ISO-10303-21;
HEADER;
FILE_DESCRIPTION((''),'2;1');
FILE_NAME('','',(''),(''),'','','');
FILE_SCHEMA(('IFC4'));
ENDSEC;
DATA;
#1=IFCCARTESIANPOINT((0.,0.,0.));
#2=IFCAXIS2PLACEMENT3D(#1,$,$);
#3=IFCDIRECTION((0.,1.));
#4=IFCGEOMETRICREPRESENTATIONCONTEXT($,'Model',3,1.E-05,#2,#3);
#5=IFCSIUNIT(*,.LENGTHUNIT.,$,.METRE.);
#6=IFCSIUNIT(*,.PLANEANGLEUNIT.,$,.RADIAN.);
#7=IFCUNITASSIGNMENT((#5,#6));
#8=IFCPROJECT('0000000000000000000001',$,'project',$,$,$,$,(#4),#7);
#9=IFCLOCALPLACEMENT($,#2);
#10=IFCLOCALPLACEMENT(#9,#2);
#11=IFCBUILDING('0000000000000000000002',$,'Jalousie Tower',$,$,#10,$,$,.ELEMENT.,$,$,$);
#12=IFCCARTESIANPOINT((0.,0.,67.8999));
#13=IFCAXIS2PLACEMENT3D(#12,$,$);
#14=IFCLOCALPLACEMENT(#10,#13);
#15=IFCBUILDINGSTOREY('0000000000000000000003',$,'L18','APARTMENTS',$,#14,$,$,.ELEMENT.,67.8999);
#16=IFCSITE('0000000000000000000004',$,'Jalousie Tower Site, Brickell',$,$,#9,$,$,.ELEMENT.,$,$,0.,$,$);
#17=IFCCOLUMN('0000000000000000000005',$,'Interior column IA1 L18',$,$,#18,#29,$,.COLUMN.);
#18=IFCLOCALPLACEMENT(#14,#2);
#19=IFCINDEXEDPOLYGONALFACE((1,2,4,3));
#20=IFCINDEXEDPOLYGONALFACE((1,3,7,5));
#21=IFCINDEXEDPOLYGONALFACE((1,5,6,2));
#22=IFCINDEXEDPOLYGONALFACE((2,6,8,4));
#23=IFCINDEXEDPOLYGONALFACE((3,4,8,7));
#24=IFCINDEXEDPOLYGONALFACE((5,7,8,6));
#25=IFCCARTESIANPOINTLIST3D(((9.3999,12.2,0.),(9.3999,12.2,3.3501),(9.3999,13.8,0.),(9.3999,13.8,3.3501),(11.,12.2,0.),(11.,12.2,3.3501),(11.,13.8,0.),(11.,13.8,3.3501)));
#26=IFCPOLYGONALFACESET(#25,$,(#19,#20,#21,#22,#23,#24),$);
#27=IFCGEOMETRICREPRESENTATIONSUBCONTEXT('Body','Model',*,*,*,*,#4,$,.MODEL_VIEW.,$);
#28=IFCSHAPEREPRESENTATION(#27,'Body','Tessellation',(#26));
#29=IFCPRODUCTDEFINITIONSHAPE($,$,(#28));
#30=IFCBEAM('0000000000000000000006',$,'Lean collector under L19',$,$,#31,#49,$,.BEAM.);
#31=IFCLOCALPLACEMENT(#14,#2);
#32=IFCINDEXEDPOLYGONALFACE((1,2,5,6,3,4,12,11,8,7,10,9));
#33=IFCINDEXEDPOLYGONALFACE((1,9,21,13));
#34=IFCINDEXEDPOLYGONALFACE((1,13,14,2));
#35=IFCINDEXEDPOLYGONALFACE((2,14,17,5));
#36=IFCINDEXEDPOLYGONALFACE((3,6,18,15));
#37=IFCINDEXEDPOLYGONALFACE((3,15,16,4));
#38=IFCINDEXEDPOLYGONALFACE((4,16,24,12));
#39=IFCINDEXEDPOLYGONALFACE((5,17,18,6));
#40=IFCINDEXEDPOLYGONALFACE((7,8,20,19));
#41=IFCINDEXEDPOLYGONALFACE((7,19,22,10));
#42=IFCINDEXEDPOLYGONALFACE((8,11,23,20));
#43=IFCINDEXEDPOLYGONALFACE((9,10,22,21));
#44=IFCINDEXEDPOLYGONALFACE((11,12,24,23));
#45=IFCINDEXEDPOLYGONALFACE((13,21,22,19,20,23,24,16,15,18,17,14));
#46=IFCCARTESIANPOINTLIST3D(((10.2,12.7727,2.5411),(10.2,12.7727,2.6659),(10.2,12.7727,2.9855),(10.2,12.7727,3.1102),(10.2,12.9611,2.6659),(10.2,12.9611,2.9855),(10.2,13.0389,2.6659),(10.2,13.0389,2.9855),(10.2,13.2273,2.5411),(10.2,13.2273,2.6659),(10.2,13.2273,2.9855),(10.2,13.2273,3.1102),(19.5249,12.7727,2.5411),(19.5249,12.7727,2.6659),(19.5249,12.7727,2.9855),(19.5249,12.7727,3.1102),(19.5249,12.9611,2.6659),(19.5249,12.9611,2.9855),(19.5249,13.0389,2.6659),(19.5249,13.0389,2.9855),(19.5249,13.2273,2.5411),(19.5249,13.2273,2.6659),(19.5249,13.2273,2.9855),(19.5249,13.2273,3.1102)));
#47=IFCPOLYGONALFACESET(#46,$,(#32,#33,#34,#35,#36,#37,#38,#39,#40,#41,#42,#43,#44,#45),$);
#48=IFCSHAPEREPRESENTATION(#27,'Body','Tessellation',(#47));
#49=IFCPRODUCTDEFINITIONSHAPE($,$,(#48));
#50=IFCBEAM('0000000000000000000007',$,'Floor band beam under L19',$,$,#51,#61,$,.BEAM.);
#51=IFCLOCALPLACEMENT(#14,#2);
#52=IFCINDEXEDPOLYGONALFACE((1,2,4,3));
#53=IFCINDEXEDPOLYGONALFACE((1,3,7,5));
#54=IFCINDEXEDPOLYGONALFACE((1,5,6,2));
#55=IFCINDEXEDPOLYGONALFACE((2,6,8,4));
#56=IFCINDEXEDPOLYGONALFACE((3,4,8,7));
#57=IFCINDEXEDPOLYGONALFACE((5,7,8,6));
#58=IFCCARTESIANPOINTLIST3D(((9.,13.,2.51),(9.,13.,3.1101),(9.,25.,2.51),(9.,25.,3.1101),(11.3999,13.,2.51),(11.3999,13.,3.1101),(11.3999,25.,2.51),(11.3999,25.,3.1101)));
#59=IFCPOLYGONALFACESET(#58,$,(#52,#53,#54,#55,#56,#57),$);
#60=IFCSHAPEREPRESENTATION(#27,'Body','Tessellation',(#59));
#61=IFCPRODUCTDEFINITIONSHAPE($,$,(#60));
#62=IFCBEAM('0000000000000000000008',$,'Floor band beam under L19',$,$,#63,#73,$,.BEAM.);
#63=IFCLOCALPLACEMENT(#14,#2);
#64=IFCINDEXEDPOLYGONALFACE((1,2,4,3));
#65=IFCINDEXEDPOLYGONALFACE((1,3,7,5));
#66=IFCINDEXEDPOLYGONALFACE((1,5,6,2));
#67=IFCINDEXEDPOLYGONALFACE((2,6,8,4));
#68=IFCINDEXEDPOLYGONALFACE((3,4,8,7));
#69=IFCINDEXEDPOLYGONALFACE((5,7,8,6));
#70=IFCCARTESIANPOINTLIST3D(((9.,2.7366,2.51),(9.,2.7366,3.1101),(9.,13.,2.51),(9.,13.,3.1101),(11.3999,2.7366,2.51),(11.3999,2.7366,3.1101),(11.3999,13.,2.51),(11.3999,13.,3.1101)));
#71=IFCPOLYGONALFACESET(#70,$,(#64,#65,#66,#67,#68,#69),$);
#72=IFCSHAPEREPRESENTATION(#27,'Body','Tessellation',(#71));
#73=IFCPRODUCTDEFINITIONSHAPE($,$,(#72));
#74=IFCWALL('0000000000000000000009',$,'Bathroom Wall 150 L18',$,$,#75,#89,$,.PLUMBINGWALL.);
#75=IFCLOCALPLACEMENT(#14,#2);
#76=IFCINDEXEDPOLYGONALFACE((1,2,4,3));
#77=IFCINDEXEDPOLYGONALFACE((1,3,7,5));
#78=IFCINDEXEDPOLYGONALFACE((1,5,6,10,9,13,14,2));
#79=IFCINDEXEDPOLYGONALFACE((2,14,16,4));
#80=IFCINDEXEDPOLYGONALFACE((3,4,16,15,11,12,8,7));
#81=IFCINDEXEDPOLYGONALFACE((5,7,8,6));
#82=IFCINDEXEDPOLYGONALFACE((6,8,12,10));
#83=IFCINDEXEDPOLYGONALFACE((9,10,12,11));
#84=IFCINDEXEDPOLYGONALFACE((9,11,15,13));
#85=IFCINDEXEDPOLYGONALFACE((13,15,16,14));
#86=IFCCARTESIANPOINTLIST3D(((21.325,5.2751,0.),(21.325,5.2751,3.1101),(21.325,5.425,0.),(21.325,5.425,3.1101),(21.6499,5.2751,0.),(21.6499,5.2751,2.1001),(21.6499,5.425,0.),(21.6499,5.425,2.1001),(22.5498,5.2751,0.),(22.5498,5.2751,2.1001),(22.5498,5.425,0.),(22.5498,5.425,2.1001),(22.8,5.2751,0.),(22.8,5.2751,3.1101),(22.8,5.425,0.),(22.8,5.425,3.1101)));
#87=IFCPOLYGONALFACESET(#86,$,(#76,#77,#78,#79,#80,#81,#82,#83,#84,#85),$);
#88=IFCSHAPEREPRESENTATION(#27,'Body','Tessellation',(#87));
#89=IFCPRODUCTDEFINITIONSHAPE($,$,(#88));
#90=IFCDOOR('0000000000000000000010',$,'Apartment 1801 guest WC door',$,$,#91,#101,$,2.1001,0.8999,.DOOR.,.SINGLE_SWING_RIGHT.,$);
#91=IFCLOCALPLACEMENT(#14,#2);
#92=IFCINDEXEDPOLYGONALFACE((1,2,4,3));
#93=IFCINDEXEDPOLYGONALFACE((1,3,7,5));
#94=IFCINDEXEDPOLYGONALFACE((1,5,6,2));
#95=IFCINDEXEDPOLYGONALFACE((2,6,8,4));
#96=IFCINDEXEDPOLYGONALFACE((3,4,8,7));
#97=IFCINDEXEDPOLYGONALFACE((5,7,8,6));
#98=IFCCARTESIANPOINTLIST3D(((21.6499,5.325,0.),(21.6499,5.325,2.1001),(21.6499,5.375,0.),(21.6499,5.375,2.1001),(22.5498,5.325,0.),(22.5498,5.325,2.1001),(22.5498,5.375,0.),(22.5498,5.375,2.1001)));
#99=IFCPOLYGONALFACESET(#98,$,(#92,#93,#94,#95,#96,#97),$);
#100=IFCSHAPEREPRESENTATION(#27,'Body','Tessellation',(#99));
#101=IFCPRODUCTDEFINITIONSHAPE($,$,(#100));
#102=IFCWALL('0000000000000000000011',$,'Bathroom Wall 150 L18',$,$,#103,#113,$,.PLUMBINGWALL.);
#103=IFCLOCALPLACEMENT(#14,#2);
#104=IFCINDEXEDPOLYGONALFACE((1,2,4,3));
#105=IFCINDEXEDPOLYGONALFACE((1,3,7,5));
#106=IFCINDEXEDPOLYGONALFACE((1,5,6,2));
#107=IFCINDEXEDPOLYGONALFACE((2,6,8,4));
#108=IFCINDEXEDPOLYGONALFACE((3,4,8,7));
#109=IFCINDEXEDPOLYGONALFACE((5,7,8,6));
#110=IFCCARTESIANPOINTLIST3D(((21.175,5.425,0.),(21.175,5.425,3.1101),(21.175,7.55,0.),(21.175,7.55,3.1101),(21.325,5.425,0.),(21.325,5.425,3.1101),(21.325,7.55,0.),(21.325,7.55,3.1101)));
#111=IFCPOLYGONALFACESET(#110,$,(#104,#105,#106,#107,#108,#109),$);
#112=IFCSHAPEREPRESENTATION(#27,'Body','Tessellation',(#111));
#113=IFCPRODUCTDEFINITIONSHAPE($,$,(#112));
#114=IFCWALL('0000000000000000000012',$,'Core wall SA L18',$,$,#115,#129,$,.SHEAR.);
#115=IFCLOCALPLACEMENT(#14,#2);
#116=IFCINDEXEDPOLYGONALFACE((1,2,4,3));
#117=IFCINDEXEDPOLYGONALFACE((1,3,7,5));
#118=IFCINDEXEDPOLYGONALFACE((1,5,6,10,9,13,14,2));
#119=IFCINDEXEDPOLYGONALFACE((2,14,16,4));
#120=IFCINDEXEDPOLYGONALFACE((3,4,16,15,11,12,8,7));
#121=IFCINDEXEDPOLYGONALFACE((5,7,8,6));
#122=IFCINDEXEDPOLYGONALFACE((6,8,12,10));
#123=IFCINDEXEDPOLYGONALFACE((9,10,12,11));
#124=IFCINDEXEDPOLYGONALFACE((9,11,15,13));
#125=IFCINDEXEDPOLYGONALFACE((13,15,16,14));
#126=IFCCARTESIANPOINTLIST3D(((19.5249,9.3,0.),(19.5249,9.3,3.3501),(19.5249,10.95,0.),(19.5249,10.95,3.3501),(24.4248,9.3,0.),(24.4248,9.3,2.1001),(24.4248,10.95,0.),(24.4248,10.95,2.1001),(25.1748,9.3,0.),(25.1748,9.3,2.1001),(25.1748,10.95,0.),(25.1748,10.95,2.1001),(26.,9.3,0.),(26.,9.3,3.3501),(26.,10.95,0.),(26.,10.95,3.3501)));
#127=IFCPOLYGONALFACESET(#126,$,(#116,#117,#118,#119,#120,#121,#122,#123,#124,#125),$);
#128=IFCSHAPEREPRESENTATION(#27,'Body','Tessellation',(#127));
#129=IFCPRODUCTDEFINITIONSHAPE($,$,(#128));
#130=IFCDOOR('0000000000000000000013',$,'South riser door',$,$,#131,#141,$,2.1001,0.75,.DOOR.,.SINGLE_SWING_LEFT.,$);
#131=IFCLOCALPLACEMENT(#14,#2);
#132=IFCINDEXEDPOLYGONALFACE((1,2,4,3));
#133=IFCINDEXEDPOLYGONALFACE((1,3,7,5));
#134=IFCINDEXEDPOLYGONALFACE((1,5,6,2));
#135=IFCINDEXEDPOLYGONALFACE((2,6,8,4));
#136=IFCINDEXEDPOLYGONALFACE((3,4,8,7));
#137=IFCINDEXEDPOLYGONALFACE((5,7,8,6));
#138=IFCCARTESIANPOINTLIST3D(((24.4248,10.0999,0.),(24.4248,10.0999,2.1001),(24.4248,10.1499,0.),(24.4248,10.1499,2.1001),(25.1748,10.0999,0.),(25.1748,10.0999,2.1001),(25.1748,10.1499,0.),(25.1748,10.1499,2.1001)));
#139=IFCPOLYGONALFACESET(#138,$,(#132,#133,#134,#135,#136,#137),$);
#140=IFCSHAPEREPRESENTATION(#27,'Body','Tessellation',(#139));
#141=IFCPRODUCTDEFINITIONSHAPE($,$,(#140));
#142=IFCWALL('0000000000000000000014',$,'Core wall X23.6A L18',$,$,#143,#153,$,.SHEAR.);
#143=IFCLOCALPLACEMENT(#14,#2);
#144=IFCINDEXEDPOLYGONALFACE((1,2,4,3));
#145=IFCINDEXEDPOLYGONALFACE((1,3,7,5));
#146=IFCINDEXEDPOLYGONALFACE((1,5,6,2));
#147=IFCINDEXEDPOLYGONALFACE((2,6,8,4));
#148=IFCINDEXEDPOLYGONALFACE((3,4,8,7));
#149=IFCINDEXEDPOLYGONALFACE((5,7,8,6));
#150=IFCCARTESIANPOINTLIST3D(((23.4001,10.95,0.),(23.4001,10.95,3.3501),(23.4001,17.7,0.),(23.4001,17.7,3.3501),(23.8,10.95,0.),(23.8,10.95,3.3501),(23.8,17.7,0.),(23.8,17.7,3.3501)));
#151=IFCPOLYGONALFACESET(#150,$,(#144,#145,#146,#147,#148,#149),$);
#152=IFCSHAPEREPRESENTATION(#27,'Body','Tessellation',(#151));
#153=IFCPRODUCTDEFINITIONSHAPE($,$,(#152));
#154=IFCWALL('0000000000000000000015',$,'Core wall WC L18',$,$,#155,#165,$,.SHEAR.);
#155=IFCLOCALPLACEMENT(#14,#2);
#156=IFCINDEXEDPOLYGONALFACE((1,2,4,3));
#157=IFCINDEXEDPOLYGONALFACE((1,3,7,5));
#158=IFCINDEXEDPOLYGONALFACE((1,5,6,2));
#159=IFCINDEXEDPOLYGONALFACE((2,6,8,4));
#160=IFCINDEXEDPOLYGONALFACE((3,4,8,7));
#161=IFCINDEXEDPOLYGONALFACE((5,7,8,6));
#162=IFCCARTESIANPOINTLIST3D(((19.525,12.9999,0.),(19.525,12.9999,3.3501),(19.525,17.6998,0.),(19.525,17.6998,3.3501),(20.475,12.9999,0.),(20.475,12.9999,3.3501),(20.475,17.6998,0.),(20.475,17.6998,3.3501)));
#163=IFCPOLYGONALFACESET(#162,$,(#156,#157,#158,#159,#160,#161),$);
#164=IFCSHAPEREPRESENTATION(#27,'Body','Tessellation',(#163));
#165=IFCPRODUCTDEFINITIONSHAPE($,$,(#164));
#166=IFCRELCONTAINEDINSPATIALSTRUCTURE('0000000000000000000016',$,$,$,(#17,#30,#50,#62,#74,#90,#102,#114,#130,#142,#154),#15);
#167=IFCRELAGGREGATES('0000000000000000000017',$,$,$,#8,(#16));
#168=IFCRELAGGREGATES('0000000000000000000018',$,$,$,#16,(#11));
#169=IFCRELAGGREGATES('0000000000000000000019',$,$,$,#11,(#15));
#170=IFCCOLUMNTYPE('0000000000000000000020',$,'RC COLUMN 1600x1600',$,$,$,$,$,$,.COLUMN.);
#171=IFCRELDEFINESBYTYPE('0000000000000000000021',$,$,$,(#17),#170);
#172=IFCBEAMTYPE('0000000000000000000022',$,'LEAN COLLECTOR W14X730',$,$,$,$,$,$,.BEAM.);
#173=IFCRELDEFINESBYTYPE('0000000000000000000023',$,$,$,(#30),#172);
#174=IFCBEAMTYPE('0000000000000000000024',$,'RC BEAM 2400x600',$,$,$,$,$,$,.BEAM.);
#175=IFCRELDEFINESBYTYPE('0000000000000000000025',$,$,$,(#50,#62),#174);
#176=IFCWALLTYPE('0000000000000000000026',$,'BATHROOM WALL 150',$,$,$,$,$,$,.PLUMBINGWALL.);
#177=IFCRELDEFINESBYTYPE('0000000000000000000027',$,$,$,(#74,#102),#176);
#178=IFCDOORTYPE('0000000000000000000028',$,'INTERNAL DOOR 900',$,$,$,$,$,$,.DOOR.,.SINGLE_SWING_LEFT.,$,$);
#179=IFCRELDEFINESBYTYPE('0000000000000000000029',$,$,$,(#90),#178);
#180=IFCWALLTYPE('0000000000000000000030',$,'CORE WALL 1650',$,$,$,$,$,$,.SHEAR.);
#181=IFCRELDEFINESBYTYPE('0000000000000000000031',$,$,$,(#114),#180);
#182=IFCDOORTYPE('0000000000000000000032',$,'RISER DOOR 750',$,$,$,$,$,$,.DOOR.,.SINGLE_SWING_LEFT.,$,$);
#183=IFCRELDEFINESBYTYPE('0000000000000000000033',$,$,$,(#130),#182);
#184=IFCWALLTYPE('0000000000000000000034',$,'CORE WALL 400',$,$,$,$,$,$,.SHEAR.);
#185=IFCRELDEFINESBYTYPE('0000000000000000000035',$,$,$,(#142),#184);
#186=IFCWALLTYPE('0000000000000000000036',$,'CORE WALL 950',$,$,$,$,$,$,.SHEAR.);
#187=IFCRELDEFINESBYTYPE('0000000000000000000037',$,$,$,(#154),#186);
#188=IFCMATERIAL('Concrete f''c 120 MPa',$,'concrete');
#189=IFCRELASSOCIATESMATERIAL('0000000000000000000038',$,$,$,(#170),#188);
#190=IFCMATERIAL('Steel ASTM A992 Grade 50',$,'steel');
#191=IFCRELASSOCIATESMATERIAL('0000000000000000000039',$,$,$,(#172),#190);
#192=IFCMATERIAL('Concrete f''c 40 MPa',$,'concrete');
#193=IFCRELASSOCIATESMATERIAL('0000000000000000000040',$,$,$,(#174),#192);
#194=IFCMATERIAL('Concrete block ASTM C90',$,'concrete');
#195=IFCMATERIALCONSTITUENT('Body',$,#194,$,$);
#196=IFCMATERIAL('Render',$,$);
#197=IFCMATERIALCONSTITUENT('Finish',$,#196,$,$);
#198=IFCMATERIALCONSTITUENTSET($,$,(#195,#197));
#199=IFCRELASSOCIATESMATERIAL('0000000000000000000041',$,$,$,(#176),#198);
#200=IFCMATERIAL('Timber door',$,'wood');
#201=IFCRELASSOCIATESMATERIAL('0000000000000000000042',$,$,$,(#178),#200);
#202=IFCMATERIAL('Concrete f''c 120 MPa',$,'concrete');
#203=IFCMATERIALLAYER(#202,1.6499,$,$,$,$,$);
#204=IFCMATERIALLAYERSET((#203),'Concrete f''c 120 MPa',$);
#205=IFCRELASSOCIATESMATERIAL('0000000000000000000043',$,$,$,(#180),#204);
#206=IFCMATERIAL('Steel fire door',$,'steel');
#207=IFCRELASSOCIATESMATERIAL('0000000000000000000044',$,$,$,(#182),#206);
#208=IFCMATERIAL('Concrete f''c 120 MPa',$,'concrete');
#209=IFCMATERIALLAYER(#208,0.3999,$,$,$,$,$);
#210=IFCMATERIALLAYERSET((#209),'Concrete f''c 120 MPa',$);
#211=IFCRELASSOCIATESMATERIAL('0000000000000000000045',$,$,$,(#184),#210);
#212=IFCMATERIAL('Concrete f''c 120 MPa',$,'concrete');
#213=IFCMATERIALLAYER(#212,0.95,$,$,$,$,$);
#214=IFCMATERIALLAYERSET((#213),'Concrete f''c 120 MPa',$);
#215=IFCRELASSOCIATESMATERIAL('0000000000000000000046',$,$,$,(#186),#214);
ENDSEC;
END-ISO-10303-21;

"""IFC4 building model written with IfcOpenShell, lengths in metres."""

from ifc_helpers import new_model, si_unit, direction, frame, frame_2d, origin, origin_2d, place, context, subcontext, project, spatial, rectangle, i_section, extrude, material, layer, layer_set, constituent, constituent_set, material_profile, profile_set, type_object, element, fill, save


model = new_model("IFC4")

# Units and contexts
model_context = context("Model", 3, precision=1e-05, world=origin(), true_north=direction((0.0, 1.0)))
body_context = subcontext(model_context, "Body", "Model", "MODEL_VIEW")
ifc_project = project(units=[si_unit("LENGTHUNIT", "METRE"), si_unit("PLANEANGLEUNIT", "RADIAN")], contexts=[model_context])

# Site, building, storey
site_placement = place(None, origin())
site = spatial("IfcSite", under=ifc_project, at=site_placement, Name="Jalousie Tower Site, Brickell", CompositionType="ELEMENT", RefElevation=0.0)
building_placement = place(site_placement, origin())
building = spatial("IfcBuilding", under=site, at=building_placement, Name="Jalousie Tower", CompositionType="ELEMENT")
storey_placement = place(building_placement, frame((0.0, 0.0, 67.8999)))
storey = spatial("IfcBuildingStorey", under=building, at=storey_placement, Name="L18", Description="APARTMENTS", CompositionType="ELEMENT", Elevation=67.8999)

# Column
ifc_material_1 = material(Name="Concrete f'c 120 MPa", Category="concrete")
ifc_material_profile_1 = material_profile(ifc_material_1, rectangle(XDim=1.6001, YDim=1.6001, at=origin_2d()), Name="RC 1600x1600")
ifc_profile_set_1 = profile_set([ifc_material_profile_1], Name="Concrete f'c 120 MPa")
column_type = type_object("IfcColumnType", Name="RC COLUMN 1600x1600", PredefinedType="COLUMN", material=ifc_profile_set_1)
column_placement = place(storey_placement, frame((10.2, 13.0, 0.0), z_axis=(0.0, 0.0, 1.0), x_axis=(1.0, 0.0, 0.0)))
element("IfcColumn", 1, at=column_placement, inside=storey, type_object=column_type, Name="Interior column IA1 L18", PredefinedType="COLUMN", context=body_context, shape_type="SweptSolid", body=[
    extrude(rectangle(XDim=1.6001, YDim=1.6001, at=origin_2d()), origin(), (0.0, 0.0, 1.0), 3.3501),
])

# Beams
ifc_material_2 = material(Name="Steel ASTM A992 Grade 50", Category="steel")
ifc_material_profile_2 = material_profile(ifc_material_2, i_section(OverallWidth=0.4546, OverallDepth=0.5691, WebThickness=0.0779, FlangeThickness=0.1248, at=origin_2d()), Name="W14X730")
ifc_profile_set_2 = profile_set([ifc_material_profile_2], Name="Steel ASTM A992 Grade 50")
beam_type_1 = type_object("IfcBeamType", Name="LEAN COLLECTOR W14X730", PredefinedType="BEAM", material=ifc_profile_set_2)
beam_1_placement = place(storey_placement, frame((10.2, 13.0, 2.8257), z_axis=(1.0, 0.0, 0.0), x_axis=(0.0, 1.0, 0.0)))
element("IfcBeam", 2, at=beam_1_placement, inside=storey, type_object=beam_type_1, Name="Lean collector under L19", PredefinedType="BEAM", context=body_context, shape_type="SweptSolid", body=[
    extrude(i_section(OverallWidth=0.4546, OverallDepth=0.5691, WebThickness=0.0779, FlangeThickness=0.1248, at=origin_2d()), origin(), (0.0, 0.0, 1.0), 9.325),
])
ifc_material_3 = material(Name="Concrete f'c 40 MPa", Category="concrete")
ifc_material_profile_3 = material_profile(ifc_material_3, rectangle(XDim=2.3999, YDim=0.6001, at=origin_2d()), Name="RC 2400x600")
ifc_profile_set_3 = profile_set([ifc_material_profile_3], Name="Concrete f'c 40 MPa")
beam_type_2 = type_object("IfcBeamType", Name="RC BEAM 2400x600", PredefinedType="BEAM", material=ifc_profile_set_3)
beam_2_placement = place(storey_placement, frame((10.2, 13.0, 2.8101), z_axis=(0.0, 1.0, 0.0), x_axis=(-1.0, 0.0, 0.0)))
element("IfcBeam", 3, at=beam_2_placement, inside=storey, type_object=beam_type_2, Name="Floor band beam under L19", PredefinedType="BEAM", context=body_context, shape_type="SweptSolid", body=[
    extrude(rectangle(XDim=2.3999, YDim=0.6001, at=origin_2d()), origin(), (0.0, 0.0, 1.0), 12.0),
])
beam_3_placement = place(storey_placement, frame((10.2, 13.0, 2.8101), z_axis=(0.0, -1.0, 0.0), x_axis=(1.0, 0.0, 0.0)))
element("IfcBeam", 4, at=beam_3_placement, inside=storey, type_object=beam_type_2, Name="Floor band beam under L19", PredefinedType="BEAM", context=body_context, shape_type="SweptSolid", body=[
    extrude(rectangle(XDim=2.3999, YDim=0.6001, at=origin_2d()), origin(), (0.0, 0.0, 1.0), 10.2634),
])

# Wall, opening, door
ifc_material_4 = material(Name="Concrete block ASTM C90", Category="concrete")
ifc_constituent_1 = constituent(ifc_material_4, Name="Body")
ifc_material_5 = material(Name="Render")
ifc_constituent_2 = constituent(ifc_material_5, Name="Finish")
ifc_constituent_set_1 = constituent_set(constituents=[ifc_constituent_1, ifc_constituent_2])
wall_type_1 = type_object("IfcWallType", Name="BATHROOM WALL 150", PredefinedType="PLUMBINGWALL", material=ifc_constituent_set_1)
wall_1_placement = place(storey_placement, frame((21.325, 5.3501, 0.0), z_axis=(0.0, 0.0, 1.0), x_axis=(1.0, 0.0, 0.0)))
wall_1 = element("IfcWall", 5, at=wall_1_placement, inside=storey, type_object=wall_type_1, Name="Bathroom Wall 150 L18", PredefinedType="PLUMBINGWALL", context=body_context, shape_type="SweptSolid", body=[
    extrude(rectangle(XDim=1.4751, YDim=0.1499, at=frame_2d((0.7375, 0.0))), origin(), (0.0, 0.0, 1.0), 3.1101),
])
opening_1_placement = place(wall_1_placement, frame((0.325, 0.0, 0.0)))
opening_1 = element("IfcOpeningElement", 6, at=opening_1_placement, cuts=wall_1, PredefinedType="OPENING", context=body_context, shape_type="SweptSolid", body=[
    extrude(rectangle(XDim=0.8999, YDim=2.1001, at=frame_2d((0.45, 1.05))), frame((0.0, 0.085, 0.0), z_axis=(0.0, -1.0, 0.0), x_axis=(1.0, 0.0, 0.0)), (0.0, 0.0, 1.0), 0.1699),
])
ifc_material_6 = material(Name="Timber door", Category="wood")
door_type_1 = type_object("IfcDoorType", Name="INTERNAL DOOR 900", OperationType="SINGLE_SWING_LEFT", PredefinedType="DOOR", material=ifc_material_6)
door_1_placement = place(opening_1_placement, origin())
door_1 = element("IfcDoor", 7, at=door_1_placement, inside=storey, type_object=door_type_1, Name="Apartment 1801 guest WC door", OperationType="SINGLE_SWING_RIGHT", OverallHeight=2.1001, OverallWidth=0.8999, PredefinedType="DOOR", context=body_context, shape_type="SweptSolid", body=[
    extrude(rectangle(XDim=0.8999, YDim=2.1001, at=frame_2d((0.45, 1.05))), frame((0.0, 0.0249, 0.0), z_axis=(0.0, -1.0, 0.0), x_axis=(1.0, 0.0, 0.0)), (0.0, 0.0, 1.0), 0.05),
])
fill(opening_1, door_1)

# Wall
wall_2_placement = place(storey_placement, frame((21.25, 5.425, 0.0), z_axis=(0.0, 0.0, 1.0), x_axis=(0.0, 1.0, 0.0)))
element("IfcWall", 8, at=wall_2_placement, inside=storey, type_object=wall_type_1, Name="Bathroom Wall 150 L18", PredefinedType="PLUMBINGWALL", context=body_context, shape_type="SweptSolid", body=[
    extrude(rectangle(XDim=2.125, YDim=0.1499, at=frame_2d((1.0625, 0.0))), origin(), (0.0, 0.0, 1.0), 3.1101),
])

# Wall, opening, door
ifc_material_7 = material(Name="Concrete f'c 120 MPa", Category="concrete")
ifc_layer_1 = layer(ifc_material_7, 1.6499)
ifc_layer_set_1 = layer_set([ifc_layer_1], Name="Concrete f'c 120 MPa")
wall_type_2 = type_object("IfcWallType", Name="CORE WALL 1650", PredefinedType="SHEAR", material=ifc_layer_set_1)
wall_3_placement = place(storey_placement, frame((19.5249, 10.125, 0.0), z_axis=(0.0, 0.0, 1.0), x_axis=(1.0, 0.0, 0.0)))
wall_3 = element("IfcWall", 9, at=wall_3_placement, inside=storey, type_object=wall_type_2, Name="Core wall SA L18", PredefinedType="SHEAR", context=body_context, shape_type="SweptSolid", body=[
    extrude(rectangle(XDim=6.4751, YDim=1.6499, at=frame_2d((3.2375, 0.0))), origin(), (0.0, 0.0, 1.0), 3.3501),
])
opening_2_placement = place(wall_3_placement, frame((4.8999, 0.0, 0.0)))
opening_2 = element("IfcOpeningElement", 10, at=opening_2_placement, cuts=wall_3, PredefinedType="OPENING", context=body_context, shape_type="SweptSolid", body=[
    extrude(rectangle(XDim=0.75, YDim=2.1001, at=frame_2d((0.375, 1.05))), frame((0.0, 0.835, 0.0), z_axis=(0.0, -1.0, 0.0), x_axis=(1.0, 0.0, 0.0)), (0.0, 0.0, 1.0), 1.6699),
])
ifc_material_8 = material(Name="Steel fire door", Category="steel")
door_type_2 = type_object("IfcDoorType", Name="RISER DOOR 750", OperationType="SINGLE_SWING_LEFT", PredefinedType="DOOR", material=ifc_material_8)
door_2_placement = place(opening_2_placement, origin())
door_2 = element("IfcDoor", 11, at=door_2_placement, inside=storey, type_object=door_type_2, Name="South riser door", OperationType="SINGLE_SWING_LEFT", OverallHeight=2.1001, OverallWidth=0.75, PredefinedType="DOOR", context=body_context, shape_type="SweptSolid", body=[
    extrude(rectangle(XDim=0.75, YDim=2.1001, at=frame_2d((0.375, 1.05))), frame((0.0, 0.0249, 0.0), z_axis=(0.0, -1.0, 0.0), x_axis=(1.0, 0.0, 0.0)), (0.0, 0.0, 1.0), 0.05),
])
fill(opening_2, door_2)

# Walls
ifc_material_9 = material(Name="Concrete f'c 120 MPa", Category="concrete")
ifc_layer_2 = layer(ifc_material_9, 0.3999)
ifc_layer_set_2 = layer_set([ifc_layer_2], Name="Concrete f'c 120 MPa")
wall_type_3 = type_object("IfcWallType", Name="CORE WALL 400", PredefinedType="SHEAR", material=ifc_layer_set_2)
wall_4_placement = place(storey_placement, frame((23.6001, 10.95, 0.0), z_axis=(0.0, 0.0, 1.0), x_axis=(0.0, 1.0, 0.0)))
element("IfcWall", 12, at=wall_4_placement, inside=storey, type_object=wall_type_3, Name="Core wall X23.6A L18", PredefinedType="SHEAR", context=body_context, shape_type="SweptSolid", body=[
    extrude(rectangle(XDim=6.75, YDim=0.3999, at=frame_2d((3.375, 0.0))), origin(), (0.0, 0.0, 1.0), 3.3501),
])
ifc_material_10 = material(Name="Concrete f'c 120 MPa", Category="concrete")
ifc_layer_3 = layer(ifc_material_10, 0.95)
ifc_layer_set_3 = layer_set([ifc_layer_3], Name="Concrete f'c 120 MPa")
wall_type_4 = type_object("IfcWallType", Name="CORE WALL 950", PredefinedType="SHEAR", material=ifc_layer_set_3)
wall_5_placement = place(storey_placement, frame((20.0, 17.7, 0.0), z_axis=(0.0, 0.0, 1.0), x_axis=(0.0, -1.0, 0.0)))
element("IfcWall", 13, at=wall_5_placement, inside=storey, type_object=wall_type_4, Name="Core wall WC L18", PredefinedType="SHEAR", context=body_context, shape_type="SweptSolid", body=[
    extrude(rectangle(XDim=4.7, YDim=0.95, at=frame_2d((2.3501, 0.0))), origin(), (0.0, 0.0, 1.0), 3.3501),
])

save(model, "model.ifc")
